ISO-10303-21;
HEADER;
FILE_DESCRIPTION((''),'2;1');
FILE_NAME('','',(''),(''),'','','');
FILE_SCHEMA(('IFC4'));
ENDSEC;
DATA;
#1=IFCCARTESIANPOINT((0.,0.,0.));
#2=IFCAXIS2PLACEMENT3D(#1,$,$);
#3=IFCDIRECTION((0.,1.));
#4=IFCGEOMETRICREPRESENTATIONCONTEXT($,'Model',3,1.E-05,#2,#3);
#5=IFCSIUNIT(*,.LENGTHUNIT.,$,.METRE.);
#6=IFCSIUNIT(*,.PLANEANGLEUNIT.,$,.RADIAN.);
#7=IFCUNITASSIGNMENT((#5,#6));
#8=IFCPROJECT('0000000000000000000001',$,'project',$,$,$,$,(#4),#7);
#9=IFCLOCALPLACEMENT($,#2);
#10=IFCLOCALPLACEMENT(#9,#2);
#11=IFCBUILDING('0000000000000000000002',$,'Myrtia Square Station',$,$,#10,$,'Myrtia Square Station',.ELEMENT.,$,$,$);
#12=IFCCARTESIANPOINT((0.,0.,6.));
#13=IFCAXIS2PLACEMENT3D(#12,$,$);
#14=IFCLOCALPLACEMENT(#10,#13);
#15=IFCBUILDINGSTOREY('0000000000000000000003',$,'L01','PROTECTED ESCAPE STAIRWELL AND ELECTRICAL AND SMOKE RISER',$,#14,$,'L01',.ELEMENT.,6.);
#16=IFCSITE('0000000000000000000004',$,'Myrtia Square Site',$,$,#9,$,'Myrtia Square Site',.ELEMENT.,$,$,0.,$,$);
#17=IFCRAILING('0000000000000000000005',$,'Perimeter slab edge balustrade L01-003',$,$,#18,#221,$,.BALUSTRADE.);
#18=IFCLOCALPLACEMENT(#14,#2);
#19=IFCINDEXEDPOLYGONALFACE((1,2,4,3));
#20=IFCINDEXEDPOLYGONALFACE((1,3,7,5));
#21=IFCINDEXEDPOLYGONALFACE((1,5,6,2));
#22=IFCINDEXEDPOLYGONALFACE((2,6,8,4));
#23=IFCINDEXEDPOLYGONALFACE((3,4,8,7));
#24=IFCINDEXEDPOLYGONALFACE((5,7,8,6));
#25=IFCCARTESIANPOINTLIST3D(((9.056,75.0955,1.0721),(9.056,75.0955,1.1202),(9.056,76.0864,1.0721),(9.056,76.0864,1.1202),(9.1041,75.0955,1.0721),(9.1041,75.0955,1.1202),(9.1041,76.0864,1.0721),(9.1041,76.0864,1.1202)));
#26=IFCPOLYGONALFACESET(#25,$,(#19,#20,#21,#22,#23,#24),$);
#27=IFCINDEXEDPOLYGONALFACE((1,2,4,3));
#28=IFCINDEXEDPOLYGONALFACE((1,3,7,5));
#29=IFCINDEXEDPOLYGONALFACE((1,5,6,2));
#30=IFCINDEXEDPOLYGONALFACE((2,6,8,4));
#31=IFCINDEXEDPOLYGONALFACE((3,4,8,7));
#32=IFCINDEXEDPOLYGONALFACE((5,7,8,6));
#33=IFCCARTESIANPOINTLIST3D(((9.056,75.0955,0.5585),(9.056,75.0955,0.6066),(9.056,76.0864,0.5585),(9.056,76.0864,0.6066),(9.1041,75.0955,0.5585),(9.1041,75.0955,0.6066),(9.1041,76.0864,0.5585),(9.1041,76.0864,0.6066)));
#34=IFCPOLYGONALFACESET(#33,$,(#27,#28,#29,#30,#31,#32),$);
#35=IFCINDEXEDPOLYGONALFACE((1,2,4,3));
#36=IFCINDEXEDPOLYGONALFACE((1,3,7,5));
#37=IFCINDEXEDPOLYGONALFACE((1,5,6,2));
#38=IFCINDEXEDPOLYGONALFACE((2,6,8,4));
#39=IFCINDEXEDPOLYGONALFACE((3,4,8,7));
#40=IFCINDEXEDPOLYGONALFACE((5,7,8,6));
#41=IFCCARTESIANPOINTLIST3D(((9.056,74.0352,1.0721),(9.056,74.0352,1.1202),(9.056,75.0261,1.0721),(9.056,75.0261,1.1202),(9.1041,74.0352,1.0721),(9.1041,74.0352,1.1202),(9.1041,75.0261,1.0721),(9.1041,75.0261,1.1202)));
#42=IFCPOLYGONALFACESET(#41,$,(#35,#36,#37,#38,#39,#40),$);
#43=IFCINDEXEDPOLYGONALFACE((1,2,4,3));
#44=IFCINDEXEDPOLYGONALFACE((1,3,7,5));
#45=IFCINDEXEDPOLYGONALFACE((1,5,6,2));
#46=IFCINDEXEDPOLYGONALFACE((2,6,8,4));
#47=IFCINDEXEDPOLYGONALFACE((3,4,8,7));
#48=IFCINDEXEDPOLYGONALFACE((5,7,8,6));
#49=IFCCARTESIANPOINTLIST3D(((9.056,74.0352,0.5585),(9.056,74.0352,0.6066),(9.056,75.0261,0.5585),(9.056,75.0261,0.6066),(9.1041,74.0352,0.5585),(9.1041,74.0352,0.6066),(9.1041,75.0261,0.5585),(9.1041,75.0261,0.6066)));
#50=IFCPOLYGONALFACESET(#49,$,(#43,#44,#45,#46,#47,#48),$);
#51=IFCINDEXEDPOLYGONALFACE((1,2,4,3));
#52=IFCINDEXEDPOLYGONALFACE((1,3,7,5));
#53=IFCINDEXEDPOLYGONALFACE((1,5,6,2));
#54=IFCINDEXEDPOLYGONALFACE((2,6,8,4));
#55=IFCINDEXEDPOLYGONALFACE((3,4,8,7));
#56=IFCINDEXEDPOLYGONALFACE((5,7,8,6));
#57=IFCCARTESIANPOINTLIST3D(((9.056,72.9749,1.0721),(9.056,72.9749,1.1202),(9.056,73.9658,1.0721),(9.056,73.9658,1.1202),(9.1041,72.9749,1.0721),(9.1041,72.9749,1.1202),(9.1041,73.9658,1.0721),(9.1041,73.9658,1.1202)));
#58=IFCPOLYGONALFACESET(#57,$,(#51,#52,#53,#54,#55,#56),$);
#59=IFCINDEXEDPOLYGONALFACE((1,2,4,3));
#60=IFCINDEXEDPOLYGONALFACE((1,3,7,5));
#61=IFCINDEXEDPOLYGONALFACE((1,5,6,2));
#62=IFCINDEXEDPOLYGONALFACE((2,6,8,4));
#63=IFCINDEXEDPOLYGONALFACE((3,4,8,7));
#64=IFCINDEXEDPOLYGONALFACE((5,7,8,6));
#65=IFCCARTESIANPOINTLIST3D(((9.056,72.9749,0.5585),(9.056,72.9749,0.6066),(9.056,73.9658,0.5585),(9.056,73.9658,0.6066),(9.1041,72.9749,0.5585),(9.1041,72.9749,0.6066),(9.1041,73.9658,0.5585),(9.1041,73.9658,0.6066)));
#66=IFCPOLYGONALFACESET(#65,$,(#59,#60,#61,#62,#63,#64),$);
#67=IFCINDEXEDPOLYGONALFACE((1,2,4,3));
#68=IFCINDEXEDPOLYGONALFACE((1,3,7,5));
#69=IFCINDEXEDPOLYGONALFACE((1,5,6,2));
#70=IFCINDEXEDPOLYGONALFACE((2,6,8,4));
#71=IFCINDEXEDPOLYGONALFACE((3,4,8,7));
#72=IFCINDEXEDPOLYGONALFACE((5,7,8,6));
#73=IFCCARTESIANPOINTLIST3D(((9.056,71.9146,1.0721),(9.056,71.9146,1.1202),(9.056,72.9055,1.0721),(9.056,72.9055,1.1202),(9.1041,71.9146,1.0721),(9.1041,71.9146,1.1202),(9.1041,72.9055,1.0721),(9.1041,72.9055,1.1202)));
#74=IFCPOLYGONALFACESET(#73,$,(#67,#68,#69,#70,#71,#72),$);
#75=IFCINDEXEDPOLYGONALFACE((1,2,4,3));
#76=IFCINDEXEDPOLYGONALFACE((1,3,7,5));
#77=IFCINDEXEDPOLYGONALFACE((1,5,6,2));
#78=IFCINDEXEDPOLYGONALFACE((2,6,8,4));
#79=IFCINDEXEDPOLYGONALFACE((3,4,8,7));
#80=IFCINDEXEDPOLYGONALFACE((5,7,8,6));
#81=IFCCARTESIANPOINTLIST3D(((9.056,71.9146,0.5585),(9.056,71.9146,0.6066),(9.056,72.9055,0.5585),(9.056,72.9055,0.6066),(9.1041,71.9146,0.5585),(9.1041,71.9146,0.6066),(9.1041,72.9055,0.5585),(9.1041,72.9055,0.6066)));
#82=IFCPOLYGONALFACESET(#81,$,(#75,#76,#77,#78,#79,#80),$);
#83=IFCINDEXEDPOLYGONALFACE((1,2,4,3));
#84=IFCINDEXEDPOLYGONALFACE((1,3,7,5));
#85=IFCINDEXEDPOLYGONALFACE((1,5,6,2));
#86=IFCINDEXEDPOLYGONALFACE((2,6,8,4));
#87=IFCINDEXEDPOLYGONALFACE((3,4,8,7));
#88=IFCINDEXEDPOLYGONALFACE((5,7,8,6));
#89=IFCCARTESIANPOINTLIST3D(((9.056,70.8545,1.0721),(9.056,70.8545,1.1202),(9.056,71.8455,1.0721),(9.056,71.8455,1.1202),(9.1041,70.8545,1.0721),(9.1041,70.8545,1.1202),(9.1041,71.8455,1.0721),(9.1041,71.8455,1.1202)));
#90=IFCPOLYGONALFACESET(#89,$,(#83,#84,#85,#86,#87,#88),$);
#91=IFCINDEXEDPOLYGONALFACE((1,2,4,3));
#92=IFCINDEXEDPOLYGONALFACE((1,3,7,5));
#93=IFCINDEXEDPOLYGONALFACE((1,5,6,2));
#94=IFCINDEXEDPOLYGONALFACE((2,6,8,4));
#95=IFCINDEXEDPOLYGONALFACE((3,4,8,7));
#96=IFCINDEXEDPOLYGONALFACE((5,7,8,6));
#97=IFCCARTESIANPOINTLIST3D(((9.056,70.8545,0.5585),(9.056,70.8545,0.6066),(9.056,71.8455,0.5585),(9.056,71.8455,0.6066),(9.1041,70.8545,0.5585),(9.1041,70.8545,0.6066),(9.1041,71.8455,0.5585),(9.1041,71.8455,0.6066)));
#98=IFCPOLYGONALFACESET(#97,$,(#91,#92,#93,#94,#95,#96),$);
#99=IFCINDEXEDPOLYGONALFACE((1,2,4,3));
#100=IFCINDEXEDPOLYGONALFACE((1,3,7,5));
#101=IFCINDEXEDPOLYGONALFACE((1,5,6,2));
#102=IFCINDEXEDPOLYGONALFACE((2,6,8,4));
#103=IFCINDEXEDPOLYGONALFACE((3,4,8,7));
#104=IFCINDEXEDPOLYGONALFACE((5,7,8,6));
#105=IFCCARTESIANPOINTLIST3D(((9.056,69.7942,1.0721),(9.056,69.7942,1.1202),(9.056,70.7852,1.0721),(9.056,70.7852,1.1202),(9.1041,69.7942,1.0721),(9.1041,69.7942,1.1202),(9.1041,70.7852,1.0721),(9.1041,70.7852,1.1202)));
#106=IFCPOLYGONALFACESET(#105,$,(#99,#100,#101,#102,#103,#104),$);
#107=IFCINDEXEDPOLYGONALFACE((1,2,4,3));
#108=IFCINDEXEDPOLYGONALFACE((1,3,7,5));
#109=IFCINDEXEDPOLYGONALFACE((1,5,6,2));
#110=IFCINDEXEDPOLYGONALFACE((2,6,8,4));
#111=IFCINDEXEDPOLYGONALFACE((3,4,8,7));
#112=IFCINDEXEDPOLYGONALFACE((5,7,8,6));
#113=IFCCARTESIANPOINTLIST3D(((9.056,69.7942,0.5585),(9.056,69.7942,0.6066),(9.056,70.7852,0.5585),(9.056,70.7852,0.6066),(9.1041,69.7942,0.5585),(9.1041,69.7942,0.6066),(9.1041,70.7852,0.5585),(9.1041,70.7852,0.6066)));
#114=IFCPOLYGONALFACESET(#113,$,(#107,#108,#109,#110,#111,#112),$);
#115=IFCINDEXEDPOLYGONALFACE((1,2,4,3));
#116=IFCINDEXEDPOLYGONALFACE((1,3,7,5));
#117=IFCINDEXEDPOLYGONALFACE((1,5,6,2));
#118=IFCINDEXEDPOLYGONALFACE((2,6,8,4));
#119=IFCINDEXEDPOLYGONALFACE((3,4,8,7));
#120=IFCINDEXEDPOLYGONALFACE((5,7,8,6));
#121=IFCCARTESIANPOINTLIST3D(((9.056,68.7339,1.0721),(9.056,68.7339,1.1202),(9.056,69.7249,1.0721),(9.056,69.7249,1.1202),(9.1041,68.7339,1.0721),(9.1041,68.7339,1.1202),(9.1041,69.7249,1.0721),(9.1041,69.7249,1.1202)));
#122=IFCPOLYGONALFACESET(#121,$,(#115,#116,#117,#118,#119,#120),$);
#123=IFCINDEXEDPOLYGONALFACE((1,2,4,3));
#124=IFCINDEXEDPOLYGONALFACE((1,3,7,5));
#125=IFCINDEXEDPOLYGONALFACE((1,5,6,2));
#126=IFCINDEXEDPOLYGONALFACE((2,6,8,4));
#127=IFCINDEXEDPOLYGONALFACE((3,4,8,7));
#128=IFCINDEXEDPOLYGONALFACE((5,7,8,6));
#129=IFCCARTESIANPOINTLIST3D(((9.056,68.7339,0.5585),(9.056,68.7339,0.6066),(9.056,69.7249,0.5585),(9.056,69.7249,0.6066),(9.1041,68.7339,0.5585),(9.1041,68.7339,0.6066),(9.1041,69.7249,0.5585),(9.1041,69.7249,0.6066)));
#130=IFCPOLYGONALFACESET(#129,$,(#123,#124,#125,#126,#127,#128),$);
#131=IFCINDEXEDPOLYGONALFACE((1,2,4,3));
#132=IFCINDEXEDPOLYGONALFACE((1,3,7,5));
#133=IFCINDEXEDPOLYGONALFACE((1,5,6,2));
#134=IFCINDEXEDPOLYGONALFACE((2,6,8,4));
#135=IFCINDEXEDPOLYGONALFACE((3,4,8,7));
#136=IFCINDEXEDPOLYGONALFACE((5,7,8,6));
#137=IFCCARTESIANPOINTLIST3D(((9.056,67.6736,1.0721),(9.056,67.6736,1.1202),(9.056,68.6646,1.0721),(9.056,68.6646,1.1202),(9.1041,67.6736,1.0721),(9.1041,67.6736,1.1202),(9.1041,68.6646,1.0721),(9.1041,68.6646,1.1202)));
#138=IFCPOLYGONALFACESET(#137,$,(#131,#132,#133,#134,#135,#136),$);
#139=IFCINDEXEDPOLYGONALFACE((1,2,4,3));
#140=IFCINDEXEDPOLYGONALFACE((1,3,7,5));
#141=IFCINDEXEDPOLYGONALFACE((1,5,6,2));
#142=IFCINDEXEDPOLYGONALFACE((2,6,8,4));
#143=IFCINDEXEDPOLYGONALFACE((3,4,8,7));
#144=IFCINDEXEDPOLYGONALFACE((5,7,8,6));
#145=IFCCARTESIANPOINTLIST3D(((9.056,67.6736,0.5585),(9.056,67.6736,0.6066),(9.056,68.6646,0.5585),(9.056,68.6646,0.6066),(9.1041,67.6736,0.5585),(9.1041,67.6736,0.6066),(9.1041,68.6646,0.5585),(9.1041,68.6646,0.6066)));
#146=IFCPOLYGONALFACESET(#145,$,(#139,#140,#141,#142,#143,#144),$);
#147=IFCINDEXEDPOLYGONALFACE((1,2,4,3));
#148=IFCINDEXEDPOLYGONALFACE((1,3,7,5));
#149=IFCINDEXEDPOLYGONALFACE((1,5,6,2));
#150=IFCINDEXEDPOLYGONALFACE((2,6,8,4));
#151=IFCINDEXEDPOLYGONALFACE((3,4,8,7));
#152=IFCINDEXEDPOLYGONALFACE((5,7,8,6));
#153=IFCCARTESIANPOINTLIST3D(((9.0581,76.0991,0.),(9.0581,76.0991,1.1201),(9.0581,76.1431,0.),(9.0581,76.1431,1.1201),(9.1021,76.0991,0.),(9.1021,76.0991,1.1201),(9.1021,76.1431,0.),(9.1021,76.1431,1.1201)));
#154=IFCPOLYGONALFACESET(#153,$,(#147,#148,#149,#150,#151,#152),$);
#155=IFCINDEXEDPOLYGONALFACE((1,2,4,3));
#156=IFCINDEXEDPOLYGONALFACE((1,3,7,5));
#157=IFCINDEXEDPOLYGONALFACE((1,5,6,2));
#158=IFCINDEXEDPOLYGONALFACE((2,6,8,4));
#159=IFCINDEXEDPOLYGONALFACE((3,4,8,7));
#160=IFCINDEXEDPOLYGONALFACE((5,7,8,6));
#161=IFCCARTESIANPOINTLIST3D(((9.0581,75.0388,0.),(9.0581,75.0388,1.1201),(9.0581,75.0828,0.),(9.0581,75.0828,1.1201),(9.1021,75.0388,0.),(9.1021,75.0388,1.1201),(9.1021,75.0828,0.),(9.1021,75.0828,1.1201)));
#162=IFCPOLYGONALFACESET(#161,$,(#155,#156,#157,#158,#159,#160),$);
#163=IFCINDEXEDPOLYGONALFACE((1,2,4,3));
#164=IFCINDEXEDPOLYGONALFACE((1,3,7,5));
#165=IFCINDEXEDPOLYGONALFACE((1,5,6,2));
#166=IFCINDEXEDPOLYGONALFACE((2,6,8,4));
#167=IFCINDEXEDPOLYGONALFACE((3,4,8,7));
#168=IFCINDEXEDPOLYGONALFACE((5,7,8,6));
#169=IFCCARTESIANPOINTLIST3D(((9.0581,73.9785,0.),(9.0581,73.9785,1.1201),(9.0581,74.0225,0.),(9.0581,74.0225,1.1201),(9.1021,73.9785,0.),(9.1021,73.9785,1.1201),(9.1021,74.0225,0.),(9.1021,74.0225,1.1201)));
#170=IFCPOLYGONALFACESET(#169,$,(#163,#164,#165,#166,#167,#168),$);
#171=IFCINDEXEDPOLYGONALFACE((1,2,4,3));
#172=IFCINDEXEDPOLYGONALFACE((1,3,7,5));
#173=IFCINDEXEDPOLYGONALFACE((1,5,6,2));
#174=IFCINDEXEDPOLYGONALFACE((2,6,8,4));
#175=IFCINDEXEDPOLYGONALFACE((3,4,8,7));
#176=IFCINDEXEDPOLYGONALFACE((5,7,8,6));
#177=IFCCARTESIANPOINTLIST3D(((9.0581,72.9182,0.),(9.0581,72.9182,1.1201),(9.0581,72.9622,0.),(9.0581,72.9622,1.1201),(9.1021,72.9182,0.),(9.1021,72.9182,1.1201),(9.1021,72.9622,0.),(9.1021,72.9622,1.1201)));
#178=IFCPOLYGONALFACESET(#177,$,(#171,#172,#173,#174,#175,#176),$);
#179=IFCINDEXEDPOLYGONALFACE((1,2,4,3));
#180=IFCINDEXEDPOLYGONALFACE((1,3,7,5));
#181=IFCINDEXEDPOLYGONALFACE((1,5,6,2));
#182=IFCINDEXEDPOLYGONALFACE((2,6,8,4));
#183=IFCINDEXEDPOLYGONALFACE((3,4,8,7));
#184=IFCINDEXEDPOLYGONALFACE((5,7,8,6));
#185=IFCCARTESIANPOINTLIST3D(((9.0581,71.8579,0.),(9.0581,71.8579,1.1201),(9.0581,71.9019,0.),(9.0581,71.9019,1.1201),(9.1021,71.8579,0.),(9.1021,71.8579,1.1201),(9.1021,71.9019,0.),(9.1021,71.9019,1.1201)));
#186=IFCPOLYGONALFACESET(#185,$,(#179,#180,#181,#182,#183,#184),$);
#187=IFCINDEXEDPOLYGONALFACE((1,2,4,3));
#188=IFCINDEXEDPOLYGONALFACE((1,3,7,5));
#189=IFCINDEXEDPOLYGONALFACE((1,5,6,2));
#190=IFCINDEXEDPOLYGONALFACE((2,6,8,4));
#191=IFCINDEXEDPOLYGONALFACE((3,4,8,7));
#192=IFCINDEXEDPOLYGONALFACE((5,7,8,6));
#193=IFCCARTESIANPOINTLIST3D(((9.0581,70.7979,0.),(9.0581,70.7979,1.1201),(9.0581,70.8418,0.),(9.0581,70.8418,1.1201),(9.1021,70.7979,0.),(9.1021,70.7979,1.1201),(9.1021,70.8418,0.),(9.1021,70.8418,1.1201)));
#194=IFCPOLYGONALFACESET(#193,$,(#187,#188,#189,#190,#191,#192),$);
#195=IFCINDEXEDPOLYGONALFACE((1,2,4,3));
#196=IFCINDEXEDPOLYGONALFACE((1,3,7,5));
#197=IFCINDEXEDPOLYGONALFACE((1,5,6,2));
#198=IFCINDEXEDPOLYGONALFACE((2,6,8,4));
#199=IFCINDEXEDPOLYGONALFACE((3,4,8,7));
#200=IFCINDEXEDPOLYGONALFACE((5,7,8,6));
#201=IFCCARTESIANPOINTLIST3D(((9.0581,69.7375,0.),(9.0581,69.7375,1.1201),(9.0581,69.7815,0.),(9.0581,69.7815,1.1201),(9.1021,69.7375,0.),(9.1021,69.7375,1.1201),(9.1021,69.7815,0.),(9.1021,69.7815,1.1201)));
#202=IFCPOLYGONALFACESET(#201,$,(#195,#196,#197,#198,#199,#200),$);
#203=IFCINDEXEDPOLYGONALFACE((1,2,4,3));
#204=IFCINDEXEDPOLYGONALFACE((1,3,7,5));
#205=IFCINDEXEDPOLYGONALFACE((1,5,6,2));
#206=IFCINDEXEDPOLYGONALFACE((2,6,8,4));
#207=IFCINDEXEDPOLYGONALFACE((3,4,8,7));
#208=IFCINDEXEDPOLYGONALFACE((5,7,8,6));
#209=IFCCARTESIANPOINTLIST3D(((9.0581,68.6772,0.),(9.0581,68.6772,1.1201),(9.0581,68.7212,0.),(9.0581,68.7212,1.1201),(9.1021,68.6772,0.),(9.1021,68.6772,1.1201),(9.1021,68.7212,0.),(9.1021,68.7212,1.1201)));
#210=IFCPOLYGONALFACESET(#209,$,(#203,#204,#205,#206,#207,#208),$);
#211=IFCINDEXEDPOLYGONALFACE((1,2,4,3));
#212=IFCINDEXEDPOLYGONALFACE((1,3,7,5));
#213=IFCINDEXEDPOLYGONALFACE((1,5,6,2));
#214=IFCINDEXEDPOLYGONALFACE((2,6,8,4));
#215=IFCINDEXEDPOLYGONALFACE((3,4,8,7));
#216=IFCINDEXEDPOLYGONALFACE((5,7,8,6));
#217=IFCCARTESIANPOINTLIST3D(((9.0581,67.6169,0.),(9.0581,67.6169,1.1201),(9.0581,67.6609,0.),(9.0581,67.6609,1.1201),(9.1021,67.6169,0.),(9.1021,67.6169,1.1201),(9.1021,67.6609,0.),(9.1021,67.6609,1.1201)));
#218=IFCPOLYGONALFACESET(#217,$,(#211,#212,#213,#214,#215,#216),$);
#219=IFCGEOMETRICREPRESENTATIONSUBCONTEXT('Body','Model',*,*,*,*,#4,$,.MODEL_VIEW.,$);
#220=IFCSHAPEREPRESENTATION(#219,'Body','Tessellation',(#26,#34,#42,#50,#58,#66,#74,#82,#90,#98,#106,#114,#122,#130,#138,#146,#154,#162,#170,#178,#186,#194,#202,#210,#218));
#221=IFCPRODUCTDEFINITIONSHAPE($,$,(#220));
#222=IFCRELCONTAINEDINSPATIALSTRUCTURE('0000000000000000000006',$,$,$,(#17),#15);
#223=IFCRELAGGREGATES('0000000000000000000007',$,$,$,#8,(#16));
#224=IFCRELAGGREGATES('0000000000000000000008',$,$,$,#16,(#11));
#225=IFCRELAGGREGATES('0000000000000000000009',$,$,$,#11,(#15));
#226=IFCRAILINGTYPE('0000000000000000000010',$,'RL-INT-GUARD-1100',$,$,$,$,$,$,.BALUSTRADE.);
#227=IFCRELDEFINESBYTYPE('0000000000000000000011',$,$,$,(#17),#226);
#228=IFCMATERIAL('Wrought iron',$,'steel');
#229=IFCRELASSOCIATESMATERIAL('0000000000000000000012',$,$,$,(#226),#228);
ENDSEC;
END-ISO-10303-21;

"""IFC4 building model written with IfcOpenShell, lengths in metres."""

from ifc_helpers import new_model, si_unit, direction, frame, origin, origin_2d, place, context, subcontext, project, spatial, rectangle, extrude, material, type_object, element, save


model = new_model("IFC4")

# Units and contexts
model_context = context("Model", 3, precision=1e-05, world=origin(), true_north=direction((0.0, 1.0)))
body_context = subcontext(model_context, "Body", "Model", "MODEL_VIEW")
ifc_project = project(units=[si_unit("LENGTHUNIT", "METRE"), si_unit("PLANEANGLEUNIT", "RADIAN")], contexts=[model_context])

# Site, building, storey
site_placement = place(None, origin())
site = spatial("IfcSite", under=ifc_project, at=site_placement, Name="Myrtia Square Site", LongName="Myrtia Square Site", CompositionType="ELEMENT", RefElevation=0.0)
building_placement = place(site_placement, origin())
building = spatial("IfcBuilding", under=site, at=building_placement, Name="Myrtia Square Station", LongName="Myrtia Square Station", CompositionType="ELEMENT")
storey_placement = place(building_placement, frame((0.0, 0.0, 6.0)))
storey = spatial("IfcBuildingStorey", under=building, at=storey_placement, Name="L01", Description="PROTECTED ESCAPE STAIRWELL AND ELECTRICAL AND SMOKE RISER", LongName="L01", CompositionType="ELEMENT", Elevation=6.0)

# Railing
ifc_material_1 = material(Name="Wrought iron", Category="steel")
railing_type = type_object("IfcRailingType", Name="RL-INT-GUARD-1100", PredefinedType="BALUSTRADE", material=ifc_material_1)
railing_1_placement = place(storey_placement, frame((9.0801, 76.1211, 0.0)))
element("IfcRailing", 1, at=railing_1_placement, inside=storey, type_object=railing_type, Name="Perimeter slab edge balustrade L01-003", PredefinedType="BALUSTRADE", context=body_context, shape_type="SweptSolid", body=[
    extrude(rectangle(XDim=0.0481, YDim=0.0481, at=origin_2d()), frame((0.0, -0.0347, 1.0962), z_axis=(0.0, -1.0, 0.0), x_axis=(1.0, 0.0, 0.0)), (0.0, 0.0, 1.0), 0.991),
    extrude(rectangle(XDim=0.0481, YDim=0.0481, at=origin_2d()), frame((0.0, -0.0347, 0.5825), z_axis=(0.0, -1.0, 0.0), x_axis=(1.0, 0.0, 0.0)), (0.0, 0.0, 1.0), 0.991),
    extrude(rectangle(XDim=0.0481, YDim=0.0481, at=origin_2d()), frame((0.0, -1.095, 1.0962), z_axis=(0.0, -1.0, 0.0), x_axis=(1.0, 0.0, 0.0)), (0.0, 0.0, 1.0), 0.991),
    extrude(rectangle(XDim=0.0481, YDim=0.0481, at=origin_2d()), frame((0.0, -1.095, 0.5825), z_axis=(0.0, -1.0, 0.0), x_axis=(1.0, 0.0, 0.0)), (0.0, 0.0, 1.0), 0.991),
    extrude(rectangle(XDim=0.0481, YDim=0.0481, at=origin_2d()), frame((0.0, -2.1553, 1.0962), z_axis=(0.0, -1.0, 0.0), x_axis=(1.0, 0.0, 0.0)), (0.0, 0.0, 1.0), 0.991),
    extrude(rectangle(XDim=0.0481, YDim=0.0481, at=origin_2d()), frame((0.0, -2.1553, 0.5825), z_axis=(0.0, -1.0, 0.0), x_axis=(1.0, 0.0, 0.0)), (0.0, 0.0, 1.0), 0.991),
    extrude(rectangle(XDim=0.0481, YDim=0.0481, at=origin_2d()), frame((0.0, -3.2156, 1.0962), z_axis=(0.0, -1.0, 0.0), x_axis=(1.0, 0.0, 0.0)), (0.0, 0.0, 1.0), 0.991),
    extrude(rectangle(XDim=0.0481, YDim=0.0481, at=origin_2d()), frame((0.0, -3.2156, 0.5825), z_axis=(0.0, -1.0, 0.0), x_axis=(1.0, 0.0, 0.0)), (0.0, 0.0, 1.0), 0.991),
    extrude(rectangle(XDim=0.0481, YDim=0.0481, at=origin_2d()), frame((0.0, -4.2756, 1.0962), z_axis=(0.0, -1.0, 0.0), x_axis=(1.0, 0.0, 0.0)), (0.0, 0.0, 1.0), 0.991),
    extrude(rectangle(XDim=0.0481, YDim=0.0481, at=origin_2d()), frame((0.0, -4.2756, 0.5825), z_axis=(0.0, -1.0, 0.0), x_axis=(1.0, 0.0, 0.0)), (0.0, 0.0, 1.0), 0.991),
    extrude(rectangle(XDim=0.0481, YDim=0.0481, at=origin_2d()), frame((0.0, -5.3359, 1.0962), z_axis=(0.0, -1.0, 0.0), x_axis=(1.0, 0.0, 0.0)), (0.0, 0.0, 1.0), 0.991),
    extrude(rectangle(XDim=0.0481, YDim=0.0481, at=origin_2d()), frame((0.0, -5.3359, 0.5825), z_axis=(0.0, -1.0, 0.0), x_axis=(1.0, 0.0, 0.0)), (0.0, 0.0, 1.0), 0.991),
    extrude(rectangle(XDim=0.0481, YDim=0.0481, at=origin_2d()), frame((0.0, -6.3962, 1.0962), z_axis=(0.0, -1.0, 0.0), x_axis=(1.0, 0.0, 0.0)), (0.0, 0.0, 1.0), 0.991),
    extrude(rectangle(XDim=0.0481, YDim=0.0481, at=origin_2d()), frame((0.0, -6.3962, 0.5825), z_axis=(0.0, -1.0, 0.0), x_axis=(1.0, 0.0, 0.0)), (0.0, 0.0, 1.0), 0.991),
    extrude(rectangle(XDim=0.0481, YDim=0.0481, at=origin_2d()), frame((0.0, -7.4565, 1.0962), z_axis=(0.0, -1.0, 0.0), x_axis=(1.0, 0.0, 0.0)), (0.0, 0.0, 1.0), 0.991),
    extrude(rectangle(XDim=0.0481, YDim=0.0481, at=origin_2d()), frame((0.0, -7.4565, 0.5825), z_axis=(0.0, -1.0, 0.0), x_axis=(1.0, 0.0, 0.0)), (0.0, 0.0, 1.0), 0.991),
    extrude(rectangle(XDim=0.0439, YDim=0.0439, at=origin_2d()), origin(), (0.0, 0.0, 1.0), 1.1201),
    extrude(rectangle(XDim=0.0439, YDim=0.0439, at=origin_2d()), frame((0.0, -1.0603, 0.0)), (0.0, 0.0, 1.0), 1.1201),
    extrude(rectangle(XDim=0.0439, YDim=0.0439, at=origin_2d()), frame((0.0, -2.1206, 0.0)), (0.0, 0.0, 1.0), 1.1201),
    extrude(rectangle(XDim=0.0439, YDim=0.0439, at=origin_2d()), frame((0.0, -3.1809, 0.0)), (0.0, 0.0, 1.0), 1.1201),
    extrude(rectangle(XDim=0.0439, YDim=0.0439, at=origin_2d()), frame((0.0, -4.2412, 0.0)), (0.0, 0.0, 1.0), 1.1201),
    extrude(rectangle(XDim=0.0439, YDim=0.0439, at=origin_2d()), frame((0.0, -5.3013, 0.0)), (0.0, 0.0, 1.0), 1.1201),
    extrude(rectangle(XDim=0.0439, YDim=0.0439, at=origin_2d()), frame((0.0, -6.3616, 0.0)), (0.0, 0.0, 1.0), 1.1201),
    extrude(rectangle(XDim=0.0439, YDim=0.0439, at=origin_2d()), frame((0.0, -7.4219, 0.0)), (0.0, 0.0, 1.0), 1.1201),
    extrude(rectangle(XDim=0.0439, YDim=0.0439, at=origin_2d()), frame((0.0, -8.4822, 0.0)), (0.0, 0.0, 1.0), 1.1201),
])

save(model, "model.ifc")
